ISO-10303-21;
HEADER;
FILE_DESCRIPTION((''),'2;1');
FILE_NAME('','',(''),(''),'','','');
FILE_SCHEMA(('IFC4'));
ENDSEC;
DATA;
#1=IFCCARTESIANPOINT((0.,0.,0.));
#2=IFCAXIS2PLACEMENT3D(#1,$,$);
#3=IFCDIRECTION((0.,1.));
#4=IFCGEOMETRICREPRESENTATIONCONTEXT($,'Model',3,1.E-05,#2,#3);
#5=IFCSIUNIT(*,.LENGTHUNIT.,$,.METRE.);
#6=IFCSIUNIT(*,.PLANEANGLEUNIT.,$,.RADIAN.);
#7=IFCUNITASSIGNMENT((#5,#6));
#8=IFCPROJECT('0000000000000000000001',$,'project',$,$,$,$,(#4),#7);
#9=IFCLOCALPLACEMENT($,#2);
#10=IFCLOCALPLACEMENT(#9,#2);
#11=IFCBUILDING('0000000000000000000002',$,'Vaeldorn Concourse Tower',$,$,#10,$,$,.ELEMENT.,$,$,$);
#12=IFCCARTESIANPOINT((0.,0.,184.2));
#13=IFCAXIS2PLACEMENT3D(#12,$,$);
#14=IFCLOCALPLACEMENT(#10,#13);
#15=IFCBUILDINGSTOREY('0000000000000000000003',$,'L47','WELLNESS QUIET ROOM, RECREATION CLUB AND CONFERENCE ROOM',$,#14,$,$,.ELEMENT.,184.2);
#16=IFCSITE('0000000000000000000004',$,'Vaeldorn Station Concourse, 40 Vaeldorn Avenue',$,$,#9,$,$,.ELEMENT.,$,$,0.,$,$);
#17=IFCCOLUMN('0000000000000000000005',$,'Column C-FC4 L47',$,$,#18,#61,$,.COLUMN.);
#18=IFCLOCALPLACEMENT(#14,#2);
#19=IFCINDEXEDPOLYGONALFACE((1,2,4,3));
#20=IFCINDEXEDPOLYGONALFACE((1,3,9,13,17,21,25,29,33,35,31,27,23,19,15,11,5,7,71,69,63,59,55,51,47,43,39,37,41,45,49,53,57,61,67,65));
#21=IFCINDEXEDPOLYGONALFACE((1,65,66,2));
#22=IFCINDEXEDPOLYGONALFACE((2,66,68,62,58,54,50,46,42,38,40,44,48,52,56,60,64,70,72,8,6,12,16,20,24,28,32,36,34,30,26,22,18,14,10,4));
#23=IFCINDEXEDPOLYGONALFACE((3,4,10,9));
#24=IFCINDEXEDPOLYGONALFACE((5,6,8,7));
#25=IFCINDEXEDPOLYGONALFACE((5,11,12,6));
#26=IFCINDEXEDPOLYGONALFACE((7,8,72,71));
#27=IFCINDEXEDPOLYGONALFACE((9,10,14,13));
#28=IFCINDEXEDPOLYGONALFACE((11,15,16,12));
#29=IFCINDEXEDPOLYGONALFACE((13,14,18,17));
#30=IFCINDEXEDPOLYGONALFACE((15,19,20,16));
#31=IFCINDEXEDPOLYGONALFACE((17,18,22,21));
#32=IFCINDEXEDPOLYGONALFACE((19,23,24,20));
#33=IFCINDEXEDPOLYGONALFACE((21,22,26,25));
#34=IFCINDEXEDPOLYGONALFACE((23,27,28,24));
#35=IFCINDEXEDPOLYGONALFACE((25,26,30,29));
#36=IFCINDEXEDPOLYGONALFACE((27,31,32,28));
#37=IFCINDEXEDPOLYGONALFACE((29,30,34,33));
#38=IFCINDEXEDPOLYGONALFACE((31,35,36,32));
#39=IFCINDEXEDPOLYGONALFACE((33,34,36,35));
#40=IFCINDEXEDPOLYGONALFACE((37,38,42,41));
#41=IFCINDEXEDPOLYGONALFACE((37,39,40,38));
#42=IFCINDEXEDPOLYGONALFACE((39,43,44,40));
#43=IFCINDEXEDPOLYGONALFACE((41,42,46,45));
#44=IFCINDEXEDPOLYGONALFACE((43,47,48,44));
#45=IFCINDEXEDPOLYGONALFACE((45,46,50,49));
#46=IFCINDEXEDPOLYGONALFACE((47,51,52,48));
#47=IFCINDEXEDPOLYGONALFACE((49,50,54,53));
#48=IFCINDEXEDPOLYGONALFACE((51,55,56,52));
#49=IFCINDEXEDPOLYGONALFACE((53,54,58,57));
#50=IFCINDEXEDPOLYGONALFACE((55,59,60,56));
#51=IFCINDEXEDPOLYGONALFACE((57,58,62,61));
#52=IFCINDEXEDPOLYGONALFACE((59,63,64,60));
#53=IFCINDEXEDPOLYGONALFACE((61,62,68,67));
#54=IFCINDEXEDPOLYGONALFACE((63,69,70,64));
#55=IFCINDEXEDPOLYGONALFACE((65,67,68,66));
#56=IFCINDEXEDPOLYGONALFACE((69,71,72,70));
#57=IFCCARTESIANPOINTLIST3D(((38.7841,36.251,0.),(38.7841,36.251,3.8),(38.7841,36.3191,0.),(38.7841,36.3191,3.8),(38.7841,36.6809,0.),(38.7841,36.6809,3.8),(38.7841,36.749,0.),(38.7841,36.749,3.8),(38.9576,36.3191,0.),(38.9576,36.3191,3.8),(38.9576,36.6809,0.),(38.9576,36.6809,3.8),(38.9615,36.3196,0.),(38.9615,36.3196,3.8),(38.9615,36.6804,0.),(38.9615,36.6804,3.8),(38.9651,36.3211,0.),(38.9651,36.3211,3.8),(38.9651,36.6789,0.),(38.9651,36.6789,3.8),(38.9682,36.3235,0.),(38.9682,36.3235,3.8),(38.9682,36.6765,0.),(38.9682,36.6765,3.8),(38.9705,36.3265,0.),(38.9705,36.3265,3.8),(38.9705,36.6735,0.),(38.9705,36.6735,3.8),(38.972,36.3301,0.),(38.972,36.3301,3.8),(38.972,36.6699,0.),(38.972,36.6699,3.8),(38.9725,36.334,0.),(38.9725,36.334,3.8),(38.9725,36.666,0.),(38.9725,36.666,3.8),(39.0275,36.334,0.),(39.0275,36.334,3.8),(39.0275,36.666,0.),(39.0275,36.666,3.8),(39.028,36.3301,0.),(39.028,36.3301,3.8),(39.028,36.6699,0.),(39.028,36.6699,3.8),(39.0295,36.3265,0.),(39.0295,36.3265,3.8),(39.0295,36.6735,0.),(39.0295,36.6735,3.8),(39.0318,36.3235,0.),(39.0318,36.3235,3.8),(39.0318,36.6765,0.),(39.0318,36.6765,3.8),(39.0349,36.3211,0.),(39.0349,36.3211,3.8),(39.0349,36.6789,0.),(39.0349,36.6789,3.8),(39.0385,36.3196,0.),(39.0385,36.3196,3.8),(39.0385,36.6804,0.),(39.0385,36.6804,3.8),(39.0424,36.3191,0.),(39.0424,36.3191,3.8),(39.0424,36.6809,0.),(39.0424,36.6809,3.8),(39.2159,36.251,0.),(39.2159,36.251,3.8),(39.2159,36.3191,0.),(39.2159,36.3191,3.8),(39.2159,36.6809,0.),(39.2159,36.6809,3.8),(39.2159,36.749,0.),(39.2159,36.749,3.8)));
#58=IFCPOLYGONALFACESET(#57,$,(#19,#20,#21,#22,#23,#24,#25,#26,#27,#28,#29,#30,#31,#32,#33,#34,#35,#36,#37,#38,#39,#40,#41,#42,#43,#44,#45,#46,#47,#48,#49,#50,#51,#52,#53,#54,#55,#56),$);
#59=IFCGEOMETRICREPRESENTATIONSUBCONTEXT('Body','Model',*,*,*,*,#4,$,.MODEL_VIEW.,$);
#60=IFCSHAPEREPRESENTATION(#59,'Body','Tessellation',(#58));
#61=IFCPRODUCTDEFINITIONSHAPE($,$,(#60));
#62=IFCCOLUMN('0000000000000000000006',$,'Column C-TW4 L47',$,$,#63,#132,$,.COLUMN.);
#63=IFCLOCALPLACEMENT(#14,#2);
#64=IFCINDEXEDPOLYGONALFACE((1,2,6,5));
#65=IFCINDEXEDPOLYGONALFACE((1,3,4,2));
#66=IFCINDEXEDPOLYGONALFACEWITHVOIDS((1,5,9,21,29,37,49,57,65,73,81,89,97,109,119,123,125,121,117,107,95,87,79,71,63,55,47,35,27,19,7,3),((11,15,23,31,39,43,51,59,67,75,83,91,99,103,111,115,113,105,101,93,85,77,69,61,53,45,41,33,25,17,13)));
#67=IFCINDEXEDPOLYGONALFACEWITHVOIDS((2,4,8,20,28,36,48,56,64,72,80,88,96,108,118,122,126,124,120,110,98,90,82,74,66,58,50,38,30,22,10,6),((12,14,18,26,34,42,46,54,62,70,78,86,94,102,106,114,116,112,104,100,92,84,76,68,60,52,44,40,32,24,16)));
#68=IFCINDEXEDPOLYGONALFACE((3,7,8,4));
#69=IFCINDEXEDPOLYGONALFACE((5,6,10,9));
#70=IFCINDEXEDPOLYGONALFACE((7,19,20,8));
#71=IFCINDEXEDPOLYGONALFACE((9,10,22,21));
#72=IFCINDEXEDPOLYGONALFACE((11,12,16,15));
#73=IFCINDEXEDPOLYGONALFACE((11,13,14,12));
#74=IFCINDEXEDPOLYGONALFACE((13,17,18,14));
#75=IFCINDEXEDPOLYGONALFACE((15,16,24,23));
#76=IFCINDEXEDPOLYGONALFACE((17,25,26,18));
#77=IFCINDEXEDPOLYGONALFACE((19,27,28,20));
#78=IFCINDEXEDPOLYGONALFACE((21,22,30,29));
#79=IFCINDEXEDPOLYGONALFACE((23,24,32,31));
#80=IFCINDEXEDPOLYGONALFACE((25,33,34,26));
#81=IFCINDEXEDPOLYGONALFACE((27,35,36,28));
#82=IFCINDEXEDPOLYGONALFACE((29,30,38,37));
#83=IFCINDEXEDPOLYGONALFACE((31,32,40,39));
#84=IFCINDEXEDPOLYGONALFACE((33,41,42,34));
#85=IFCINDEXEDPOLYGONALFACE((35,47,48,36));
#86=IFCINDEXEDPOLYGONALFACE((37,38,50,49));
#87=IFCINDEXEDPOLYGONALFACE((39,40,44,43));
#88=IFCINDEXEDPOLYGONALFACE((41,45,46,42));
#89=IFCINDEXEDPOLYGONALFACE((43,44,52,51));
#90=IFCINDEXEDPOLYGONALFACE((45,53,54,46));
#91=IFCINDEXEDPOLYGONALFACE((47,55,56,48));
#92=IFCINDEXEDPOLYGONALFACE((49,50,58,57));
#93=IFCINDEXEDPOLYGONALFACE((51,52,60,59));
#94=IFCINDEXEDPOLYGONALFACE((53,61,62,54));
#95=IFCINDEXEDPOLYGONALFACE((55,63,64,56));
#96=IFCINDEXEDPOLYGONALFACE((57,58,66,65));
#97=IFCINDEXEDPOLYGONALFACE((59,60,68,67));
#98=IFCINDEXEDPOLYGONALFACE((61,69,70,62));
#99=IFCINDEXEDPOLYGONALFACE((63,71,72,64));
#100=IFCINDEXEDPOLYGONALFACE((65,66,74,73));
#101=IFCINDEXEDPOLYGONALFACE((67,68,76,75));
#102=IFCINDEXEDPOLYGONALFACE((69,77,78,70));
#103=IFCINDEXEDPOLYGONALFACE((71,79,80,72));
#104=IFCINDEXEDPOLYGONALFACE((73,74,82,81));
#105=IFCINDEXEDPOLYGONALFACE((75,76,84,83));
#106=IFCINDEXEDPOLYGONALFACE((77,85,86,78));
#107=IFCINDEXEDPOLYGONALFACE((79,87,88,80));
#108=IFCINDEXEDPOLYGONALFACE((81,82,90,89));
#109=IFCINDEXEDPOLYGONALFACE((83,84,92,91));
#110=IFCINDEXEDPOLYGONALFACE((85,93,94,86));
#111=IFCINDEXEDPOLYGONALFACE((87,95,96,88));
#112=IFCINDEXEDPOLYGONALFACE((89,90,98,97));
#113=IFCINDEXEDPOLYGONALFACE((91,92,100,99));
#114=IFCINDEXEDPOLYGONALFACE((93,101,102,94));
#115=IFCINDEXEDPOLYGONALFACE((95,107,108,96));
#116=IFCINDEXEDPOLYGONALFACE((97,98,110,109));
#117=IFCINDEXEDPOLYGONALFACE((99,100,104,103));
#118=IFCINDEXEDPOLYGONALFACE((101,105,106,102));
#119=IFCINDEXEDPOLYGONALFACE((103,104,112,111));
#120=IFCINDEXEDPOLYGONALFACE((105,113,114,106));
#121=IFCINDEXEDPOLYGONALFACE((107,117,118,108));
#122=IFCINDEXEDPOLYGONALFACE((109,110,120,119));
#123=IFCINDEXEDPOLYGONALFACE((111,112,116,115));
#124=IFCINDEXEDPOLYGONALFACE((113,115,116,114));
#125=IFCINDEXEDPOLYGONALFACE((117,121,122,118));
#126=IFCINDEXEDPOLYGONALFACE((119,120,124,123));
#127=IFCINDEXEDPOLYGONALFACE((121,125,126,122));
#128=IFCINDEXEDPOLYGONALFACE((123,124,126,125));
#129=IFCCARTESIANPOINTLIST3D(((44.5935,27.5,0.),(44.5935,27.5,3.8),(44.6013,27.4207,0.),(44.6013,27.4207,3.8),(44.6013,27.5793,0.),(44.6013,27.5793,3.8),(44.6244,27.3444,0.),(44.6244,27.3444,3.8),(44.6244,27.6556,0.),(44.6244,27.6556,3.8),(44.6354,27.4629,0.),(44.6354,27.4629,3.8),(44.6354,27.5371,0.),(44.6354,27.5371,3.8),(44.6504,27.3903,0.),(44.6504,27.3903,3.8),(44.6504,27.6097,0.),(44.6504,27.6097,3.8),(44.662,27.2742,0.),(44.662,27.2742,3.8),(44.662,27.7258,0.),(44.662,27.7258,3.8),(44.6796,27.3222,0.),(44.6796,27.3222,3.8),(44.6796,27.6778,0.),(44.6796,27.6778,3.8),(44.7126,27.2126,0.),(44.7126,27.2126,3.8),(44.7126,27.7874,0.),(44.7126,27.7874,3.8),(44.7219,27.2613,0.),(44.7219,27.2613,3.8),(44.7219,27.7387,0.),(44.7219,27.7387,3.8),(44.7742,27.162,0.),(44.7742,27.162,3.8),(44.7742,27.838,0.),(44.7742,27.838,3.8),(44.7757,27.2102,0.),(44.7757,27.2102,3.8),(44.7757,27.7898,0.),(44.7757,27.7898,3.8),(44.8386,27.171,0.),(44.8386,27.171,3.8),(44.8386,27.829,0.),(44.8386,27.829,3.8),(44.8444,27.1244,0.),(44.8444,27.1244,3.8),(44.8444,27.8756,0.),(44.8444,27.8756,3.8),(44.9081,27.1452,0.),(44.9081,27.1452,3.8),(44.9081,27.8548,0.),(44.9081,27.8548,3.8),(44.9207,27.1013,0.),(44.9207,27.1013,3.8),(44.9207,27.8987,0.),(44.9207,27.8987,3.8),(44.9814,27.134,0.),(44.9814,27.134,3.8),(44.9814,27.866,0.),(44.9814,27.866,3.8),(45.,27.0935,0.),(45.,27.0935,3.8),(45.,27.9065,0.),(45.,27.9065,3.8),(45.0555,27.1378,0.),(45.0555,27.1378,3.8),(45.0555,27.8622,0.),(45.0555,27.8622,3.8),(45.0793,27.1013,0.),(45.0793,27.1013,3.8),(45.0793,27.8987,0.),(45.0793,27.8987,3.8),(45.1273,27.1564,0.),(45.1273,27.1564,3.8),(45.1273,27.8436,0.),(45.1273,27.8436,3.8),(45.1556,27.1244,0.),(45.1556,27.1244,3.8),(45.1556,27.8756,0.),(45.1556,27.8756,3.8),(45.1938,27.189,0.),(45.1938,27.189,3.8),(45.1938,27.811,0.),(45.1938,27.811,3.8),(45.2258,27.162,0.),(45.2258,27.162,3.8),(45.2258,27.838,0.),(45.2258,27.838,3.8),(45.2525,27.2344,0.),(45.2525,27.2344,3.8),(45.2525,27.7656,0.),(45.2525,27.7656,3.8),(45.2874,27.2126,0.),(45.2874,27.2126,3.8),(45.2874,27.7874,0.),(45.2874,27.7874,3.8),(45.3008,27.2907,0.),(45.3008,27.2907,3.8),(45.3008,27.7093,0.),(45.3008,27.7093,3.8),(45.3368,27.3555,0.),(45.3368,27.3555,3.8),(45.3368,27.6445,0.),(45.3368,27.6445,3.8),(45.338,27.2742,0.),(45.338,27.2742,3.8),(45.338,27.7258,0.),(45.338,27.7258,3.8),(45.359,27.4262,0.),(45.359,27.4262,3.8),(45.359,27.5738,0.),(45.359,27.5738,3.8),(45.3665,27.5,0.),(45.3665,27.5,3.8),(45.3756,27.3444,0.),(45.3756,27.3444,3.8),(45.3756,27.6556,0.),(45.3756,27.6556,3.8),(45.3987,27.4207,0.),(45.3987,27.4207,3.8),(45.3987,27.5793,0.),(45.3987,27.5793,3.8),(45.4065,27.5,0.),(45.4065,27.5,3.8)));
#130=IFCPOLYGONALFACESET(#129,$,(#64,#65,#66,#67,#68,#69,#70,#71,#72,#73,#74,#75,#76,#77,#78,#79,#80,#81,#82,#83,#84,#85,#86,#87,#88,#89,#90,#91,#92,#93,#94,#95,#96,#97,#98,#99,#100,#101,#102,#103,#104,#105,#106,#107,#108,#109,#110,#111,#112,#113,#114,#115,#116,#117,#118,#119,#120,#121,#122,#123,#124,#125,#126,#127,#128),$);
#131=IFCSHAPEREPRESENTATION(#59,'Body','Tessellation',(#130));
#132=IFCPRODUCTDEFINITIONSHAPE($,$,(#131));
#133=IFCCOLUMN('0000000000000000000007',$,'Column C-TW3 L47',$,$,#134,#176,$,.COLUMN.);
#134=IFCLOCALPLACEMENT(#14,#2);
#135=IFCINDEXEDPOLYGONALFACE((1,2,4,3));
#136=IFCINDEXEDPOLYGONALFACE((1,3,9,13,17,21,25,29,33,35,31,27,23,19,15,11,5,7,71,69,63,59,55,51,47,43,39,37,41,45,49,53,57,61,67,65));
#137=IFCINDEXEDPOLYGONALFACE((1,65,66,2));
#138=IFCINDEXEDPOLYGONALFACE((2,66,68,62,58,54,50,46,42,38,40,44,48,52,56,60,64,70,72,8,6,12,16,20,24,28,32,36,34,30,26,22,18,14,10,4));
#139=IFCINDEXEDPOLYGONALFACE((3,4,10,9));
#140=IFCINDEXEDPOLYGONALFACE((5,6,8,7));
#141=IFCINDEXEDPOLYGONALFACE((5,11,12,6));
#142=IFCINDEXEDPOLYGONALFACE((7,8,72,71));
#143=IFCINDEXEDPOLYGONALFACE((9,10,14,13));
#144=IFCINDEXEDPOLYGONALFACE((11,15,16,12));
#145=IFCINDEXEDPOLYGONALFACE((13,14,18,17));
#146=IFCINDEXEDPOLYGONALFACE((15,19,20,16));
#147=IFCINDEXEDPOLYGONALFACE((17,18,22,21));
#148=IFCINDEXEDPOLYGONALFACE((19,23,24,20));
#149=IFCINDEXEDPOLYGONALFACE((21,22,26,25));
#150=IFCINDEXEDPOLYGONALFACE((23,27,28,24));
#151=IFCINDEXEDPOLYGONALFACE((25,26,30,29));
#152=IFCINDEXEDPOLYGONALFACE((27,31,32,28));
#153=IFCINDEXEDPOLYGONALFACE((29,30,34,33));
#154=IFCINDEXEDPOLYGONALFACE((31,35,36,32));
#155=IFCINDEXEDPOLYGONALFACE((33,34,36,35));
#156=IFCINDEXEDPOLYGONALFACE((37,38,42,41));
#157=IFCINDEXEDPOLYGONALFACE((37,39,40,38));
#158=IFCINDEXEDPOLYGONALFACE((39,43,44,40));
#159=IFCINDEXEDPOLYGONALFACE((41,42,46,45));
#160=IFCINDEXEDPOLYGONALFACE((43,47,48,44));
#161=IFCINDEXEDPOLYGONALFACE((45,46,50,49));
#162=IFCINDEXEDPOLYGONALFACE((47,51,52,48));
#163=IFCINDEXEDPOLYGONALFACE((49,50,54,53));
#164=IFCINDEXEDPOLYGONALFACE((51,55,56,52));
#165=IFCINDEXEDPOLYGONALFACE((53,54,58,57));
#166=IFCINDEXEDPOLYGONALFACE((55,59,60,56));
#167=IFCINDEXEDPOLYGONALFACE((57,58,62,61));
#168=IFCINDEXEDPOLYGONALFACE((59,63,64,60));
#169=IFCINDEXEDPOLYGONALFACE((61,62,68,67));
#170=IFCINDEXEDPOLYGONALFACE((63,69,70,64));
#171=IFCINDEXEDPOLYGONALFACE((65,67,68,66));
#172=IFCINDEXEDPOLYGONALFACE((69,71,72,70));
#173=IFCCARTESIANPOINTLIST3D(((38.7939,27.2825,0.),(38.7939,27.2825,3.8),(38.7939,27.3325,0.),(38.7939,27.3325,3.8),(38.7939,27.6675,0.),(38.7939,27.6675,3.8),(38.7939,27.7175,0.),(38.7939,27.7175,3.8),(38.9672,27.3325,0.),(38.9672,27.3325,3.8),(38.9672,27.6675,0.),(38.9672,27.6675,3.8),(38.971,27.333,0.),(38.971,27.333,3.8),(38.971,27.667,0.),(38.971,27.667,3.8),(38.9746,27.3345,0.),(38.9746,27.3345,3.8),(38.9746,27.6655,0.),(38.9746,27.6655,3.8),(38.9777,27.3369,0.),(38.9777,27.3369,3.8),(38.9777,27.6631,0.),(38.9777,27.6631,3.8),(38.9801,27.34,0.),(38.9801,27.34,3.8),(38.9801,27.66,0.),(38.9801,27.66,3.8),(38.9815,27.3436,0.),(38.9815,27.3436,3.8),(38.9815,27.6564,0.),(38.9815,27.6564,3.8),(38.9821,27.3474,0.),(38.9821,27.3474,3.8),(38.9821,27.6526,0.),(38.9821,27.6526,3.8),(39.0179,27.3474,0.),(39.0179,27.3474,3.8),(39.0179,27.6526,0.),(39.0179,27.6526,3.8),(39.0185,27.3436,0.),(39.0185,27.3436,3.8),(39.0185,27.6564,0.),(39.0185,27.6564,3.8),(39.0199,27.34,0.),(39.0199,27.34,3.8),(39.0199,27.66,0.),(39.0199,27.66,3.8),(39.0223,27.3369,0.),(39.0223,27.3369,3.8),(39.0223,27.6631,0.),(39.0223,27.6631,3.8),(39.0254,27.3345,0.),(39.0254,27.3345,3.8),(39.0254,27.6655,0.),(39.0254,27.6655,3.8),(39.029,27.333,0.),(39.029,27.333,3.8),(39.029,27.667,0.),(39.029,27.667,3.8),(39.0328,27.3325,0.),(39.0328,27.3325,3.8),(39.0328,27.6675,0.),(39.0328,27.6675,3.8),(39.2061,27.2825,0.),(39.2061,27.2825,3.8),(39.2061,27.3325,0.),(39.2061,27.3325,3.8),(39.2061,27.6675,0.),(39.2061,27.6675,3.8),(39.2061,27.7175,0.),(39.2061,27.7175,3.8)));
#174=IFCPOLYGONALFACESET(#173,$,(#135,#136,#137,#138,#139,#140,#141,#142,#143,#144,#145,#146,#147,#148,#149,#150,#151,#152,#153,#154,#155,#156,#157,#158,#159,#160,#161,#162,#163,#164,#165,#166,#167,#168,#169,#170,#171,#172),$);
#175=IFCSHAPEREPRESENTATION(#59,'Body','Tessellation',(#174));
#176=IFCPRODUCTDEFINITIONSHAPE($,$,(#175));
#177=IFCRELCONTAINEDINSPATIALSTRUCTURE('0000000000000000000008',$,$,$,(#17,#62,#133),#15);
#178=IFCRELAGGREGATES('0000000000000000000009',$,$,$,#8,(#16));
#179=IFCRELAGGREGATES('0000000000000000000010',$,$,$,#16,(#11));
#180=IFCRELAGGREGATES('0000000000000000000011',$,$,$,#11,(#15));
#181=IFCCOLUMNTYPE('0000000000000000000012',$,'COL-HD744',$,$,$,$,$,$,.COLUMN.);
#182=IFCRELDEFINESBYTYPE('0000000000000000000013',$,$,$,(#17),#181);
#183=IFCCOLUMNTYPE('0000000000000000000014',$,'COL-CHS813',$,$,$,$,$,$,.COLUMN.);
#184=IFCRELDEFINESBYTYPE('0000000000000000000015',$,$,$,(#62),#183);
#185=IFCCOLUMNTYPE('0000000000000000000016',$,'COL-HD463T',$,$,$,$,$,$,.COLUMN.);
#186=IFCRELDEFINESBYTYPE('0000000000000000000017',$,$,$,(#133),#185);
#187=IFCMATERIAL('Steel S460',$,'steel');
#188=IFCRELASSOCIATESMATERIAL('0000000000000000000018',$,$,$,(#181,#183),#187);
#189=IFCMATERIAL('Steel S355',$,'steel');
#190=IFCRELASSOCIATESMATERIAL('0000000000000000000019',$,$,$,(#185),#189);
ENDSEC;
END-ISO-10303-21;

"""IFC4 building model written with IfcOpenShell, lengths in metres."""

from ifc_helpers import new_model, si_unit, direction, frame, origin, origin_2d, place, context, subcontext, project, spatial, hollow_circle, i_section, extrude, source, transform, mapped, material, material_profile, profile_set, type_object, element, save


model = new_model("IFC4")

# Units and contexts
model_context = context("Model", 3, precision=1e-05, world=origin(), true_north=direction((0.0, 1.0)))
body_context = subcontext(model_context, "Body", "Model", "MODEL_VIEW")
ifc_project = project(units=[si_unit("LENGTHUNIT", "METRE"), si_unit("PLANEANGLEUNIT", "RADIAN")], contexts=[model_context])

# Site, building, storey
site_placement = place(None, origin())
site = spatial("IfcSite", under=ifc_project, at=site_placement, Name="Vaeldorn Station Concourse, 40 Vaeldorn Avenue", CompositionType="ELEMENT", RefElevation=0.0)
building_placement = place(site_placement, origin())
building = spatial("IfcBuilding", under=site, at=building_placement, Name="Vaeldorn Concourse Tower", CompositionType="ELEMENT")
storey_placement = place(building_placement, frame((0.0, 0.0, 184.2)))
storey = spatial("IfcBuildingStorey", under=building, at=storey_placement, Name="L47", Description="WELLNESS QUIET ROOM, RECREATION CLUB AND CONFERENCE ROOM", CompositionType="ELEMENT", Elevation=184.2)

# Columns
ifc_material_1 = material(Name="Steel S460", Category="steel")
ifc_material_profile_1 = material_profile(ifc_material_1, i_section(OverallWidth=0.4319, OverallDepth=0.498, WebThickness=0.0549, FlangeThickness=0.0681, FilletRadius=0.0149, at=origin_2d()), Name="HD 400x744")
ifc_profile_set_1 = profile_set([ifc_material_profile_1], Name="Steel S460")
column_type_1 = type_object("IfcColumnType", Name="COL-HD744", PredefinedType="COLUMN", material=ifc_profile_set_1)
shared_shape_1 = source(origin(), body_context, "Body", "SweptSolid", [
    extrude(i_section(OverallWidth=0.4319, OverallDepth=0.498, WebThickness=0.0549, FlangeThickness=0.0681, FilletRadius=0.0149, at=origin_2d()), origin(), (0.0, 0.0, 1.0), 3.8),
])
column_1_placement = place(storey_placement, frame((39.0, 36.5, 0.0), z_axis=(0.0, 0.0, 1.0), x_axis=(1.0, 0.0, 0.0)))
element("IfcColumn", 1, at=column_1_placement, inside=storey, type_object=column_type_1, Name="Column C-FC4 L47", PredefinedType="COLUMN", context=body_context, shape_type="MappedRepresentation", body=[
    mapped(shared_shape_1, transform((0.0, 0.0, 0.0), scale=1.0)),
])
ifc_material_profile_2 = material_profile(ifc_material_1, hollow_circle(Radius=0.4065, WallThickness=0.04, at=origin_2d()), Name="CHS 813x40")
ifc_profile_set_2 = profile_set([ifc_material_profile_2], Name="Steel S460")
column_type_2 = type_object("IfcColumnType", Name="COL-CHS813", PredefinedType="COLUMN", material=ifc_profile_set_2)
shared_shape_2 = source(origin(), body_context, "Body", "SweptSolid", [
    extrude(hollow_circle(Radius=0.4065, WallThickness=0.04, at=origin_2d()), origin(), (0.0, 0.0, 1.0), 3.8),
])
column_2_placement = place(storey_placement, frame((45.0, 27.5, 0.0), z_axis=(0.0, 0.0, 1.0), x_axis=(1.0, 0.0, 0.0)))
element("IfcColumn", 2, at=column_2_placement, inside=storey, type_object=column_type_2, Name="Column C-TW4 L47", PredefinedType="COLUMN", context=body_context, shape_type="MappedRepresentation", body=[
    mapped(shared_shape_2, transform((0.0, 0.0, 0.0), scale=1.0)),
])
ifc_material_2 = material(Name="Steel S355", Category="steel")
ifc_material_profile_3 = material_profile(ifc_material_2, i_section(OverallWidth=0.4121, OverallDepth=0.4351, WebThickness=0.0359, FlangeThickness=0.05, FilletRadius=0.0149, at=origin_2d()), Name="HD 400x463")
ifc_profile_set_3 = profile_set([ifc_material_profile_3], Name="Steel S355")
column_type_3 = type_object("IfcColumnType", Name="COL-HD463T", PredefinedType="COLUMN", material=ifc_profile_set_3)
shared_shape_3 = source(origin(), body_context, "Body", "SweptSolid", [
    extrude(i_section(OverallWidth=0.4121, OverallDepth=0.4351, WebThickness=0.0359, FlangeThickness=0.05, FilletRadius=0.0149, at=origin_2d()), origin(), (0.0, 0.0, 1.0), 3.8),
])
for number, where, z_axis, x_axis, name in (
    (3, (39.0, 27.5, 0.0), (0.0, 0.0, 1.0), (1.0, 0.0, 0.0), "Column C-TW3 L47"),
):
    element("IfcColumn", number, at=place(storey_placement, frame(where, z_axis=z_axis, x_axis=x_axis)), inside=storey, type_object=column_type_3, Name=name, PredefinedType="COLUMN", context=body_context, shape_type="MappedRepresentation", body=[
        mapped(shared_shape_3, transform((0.0, 0.0, 0.0), scale=1.0)),
    ])

save(model, "model.ifc")
